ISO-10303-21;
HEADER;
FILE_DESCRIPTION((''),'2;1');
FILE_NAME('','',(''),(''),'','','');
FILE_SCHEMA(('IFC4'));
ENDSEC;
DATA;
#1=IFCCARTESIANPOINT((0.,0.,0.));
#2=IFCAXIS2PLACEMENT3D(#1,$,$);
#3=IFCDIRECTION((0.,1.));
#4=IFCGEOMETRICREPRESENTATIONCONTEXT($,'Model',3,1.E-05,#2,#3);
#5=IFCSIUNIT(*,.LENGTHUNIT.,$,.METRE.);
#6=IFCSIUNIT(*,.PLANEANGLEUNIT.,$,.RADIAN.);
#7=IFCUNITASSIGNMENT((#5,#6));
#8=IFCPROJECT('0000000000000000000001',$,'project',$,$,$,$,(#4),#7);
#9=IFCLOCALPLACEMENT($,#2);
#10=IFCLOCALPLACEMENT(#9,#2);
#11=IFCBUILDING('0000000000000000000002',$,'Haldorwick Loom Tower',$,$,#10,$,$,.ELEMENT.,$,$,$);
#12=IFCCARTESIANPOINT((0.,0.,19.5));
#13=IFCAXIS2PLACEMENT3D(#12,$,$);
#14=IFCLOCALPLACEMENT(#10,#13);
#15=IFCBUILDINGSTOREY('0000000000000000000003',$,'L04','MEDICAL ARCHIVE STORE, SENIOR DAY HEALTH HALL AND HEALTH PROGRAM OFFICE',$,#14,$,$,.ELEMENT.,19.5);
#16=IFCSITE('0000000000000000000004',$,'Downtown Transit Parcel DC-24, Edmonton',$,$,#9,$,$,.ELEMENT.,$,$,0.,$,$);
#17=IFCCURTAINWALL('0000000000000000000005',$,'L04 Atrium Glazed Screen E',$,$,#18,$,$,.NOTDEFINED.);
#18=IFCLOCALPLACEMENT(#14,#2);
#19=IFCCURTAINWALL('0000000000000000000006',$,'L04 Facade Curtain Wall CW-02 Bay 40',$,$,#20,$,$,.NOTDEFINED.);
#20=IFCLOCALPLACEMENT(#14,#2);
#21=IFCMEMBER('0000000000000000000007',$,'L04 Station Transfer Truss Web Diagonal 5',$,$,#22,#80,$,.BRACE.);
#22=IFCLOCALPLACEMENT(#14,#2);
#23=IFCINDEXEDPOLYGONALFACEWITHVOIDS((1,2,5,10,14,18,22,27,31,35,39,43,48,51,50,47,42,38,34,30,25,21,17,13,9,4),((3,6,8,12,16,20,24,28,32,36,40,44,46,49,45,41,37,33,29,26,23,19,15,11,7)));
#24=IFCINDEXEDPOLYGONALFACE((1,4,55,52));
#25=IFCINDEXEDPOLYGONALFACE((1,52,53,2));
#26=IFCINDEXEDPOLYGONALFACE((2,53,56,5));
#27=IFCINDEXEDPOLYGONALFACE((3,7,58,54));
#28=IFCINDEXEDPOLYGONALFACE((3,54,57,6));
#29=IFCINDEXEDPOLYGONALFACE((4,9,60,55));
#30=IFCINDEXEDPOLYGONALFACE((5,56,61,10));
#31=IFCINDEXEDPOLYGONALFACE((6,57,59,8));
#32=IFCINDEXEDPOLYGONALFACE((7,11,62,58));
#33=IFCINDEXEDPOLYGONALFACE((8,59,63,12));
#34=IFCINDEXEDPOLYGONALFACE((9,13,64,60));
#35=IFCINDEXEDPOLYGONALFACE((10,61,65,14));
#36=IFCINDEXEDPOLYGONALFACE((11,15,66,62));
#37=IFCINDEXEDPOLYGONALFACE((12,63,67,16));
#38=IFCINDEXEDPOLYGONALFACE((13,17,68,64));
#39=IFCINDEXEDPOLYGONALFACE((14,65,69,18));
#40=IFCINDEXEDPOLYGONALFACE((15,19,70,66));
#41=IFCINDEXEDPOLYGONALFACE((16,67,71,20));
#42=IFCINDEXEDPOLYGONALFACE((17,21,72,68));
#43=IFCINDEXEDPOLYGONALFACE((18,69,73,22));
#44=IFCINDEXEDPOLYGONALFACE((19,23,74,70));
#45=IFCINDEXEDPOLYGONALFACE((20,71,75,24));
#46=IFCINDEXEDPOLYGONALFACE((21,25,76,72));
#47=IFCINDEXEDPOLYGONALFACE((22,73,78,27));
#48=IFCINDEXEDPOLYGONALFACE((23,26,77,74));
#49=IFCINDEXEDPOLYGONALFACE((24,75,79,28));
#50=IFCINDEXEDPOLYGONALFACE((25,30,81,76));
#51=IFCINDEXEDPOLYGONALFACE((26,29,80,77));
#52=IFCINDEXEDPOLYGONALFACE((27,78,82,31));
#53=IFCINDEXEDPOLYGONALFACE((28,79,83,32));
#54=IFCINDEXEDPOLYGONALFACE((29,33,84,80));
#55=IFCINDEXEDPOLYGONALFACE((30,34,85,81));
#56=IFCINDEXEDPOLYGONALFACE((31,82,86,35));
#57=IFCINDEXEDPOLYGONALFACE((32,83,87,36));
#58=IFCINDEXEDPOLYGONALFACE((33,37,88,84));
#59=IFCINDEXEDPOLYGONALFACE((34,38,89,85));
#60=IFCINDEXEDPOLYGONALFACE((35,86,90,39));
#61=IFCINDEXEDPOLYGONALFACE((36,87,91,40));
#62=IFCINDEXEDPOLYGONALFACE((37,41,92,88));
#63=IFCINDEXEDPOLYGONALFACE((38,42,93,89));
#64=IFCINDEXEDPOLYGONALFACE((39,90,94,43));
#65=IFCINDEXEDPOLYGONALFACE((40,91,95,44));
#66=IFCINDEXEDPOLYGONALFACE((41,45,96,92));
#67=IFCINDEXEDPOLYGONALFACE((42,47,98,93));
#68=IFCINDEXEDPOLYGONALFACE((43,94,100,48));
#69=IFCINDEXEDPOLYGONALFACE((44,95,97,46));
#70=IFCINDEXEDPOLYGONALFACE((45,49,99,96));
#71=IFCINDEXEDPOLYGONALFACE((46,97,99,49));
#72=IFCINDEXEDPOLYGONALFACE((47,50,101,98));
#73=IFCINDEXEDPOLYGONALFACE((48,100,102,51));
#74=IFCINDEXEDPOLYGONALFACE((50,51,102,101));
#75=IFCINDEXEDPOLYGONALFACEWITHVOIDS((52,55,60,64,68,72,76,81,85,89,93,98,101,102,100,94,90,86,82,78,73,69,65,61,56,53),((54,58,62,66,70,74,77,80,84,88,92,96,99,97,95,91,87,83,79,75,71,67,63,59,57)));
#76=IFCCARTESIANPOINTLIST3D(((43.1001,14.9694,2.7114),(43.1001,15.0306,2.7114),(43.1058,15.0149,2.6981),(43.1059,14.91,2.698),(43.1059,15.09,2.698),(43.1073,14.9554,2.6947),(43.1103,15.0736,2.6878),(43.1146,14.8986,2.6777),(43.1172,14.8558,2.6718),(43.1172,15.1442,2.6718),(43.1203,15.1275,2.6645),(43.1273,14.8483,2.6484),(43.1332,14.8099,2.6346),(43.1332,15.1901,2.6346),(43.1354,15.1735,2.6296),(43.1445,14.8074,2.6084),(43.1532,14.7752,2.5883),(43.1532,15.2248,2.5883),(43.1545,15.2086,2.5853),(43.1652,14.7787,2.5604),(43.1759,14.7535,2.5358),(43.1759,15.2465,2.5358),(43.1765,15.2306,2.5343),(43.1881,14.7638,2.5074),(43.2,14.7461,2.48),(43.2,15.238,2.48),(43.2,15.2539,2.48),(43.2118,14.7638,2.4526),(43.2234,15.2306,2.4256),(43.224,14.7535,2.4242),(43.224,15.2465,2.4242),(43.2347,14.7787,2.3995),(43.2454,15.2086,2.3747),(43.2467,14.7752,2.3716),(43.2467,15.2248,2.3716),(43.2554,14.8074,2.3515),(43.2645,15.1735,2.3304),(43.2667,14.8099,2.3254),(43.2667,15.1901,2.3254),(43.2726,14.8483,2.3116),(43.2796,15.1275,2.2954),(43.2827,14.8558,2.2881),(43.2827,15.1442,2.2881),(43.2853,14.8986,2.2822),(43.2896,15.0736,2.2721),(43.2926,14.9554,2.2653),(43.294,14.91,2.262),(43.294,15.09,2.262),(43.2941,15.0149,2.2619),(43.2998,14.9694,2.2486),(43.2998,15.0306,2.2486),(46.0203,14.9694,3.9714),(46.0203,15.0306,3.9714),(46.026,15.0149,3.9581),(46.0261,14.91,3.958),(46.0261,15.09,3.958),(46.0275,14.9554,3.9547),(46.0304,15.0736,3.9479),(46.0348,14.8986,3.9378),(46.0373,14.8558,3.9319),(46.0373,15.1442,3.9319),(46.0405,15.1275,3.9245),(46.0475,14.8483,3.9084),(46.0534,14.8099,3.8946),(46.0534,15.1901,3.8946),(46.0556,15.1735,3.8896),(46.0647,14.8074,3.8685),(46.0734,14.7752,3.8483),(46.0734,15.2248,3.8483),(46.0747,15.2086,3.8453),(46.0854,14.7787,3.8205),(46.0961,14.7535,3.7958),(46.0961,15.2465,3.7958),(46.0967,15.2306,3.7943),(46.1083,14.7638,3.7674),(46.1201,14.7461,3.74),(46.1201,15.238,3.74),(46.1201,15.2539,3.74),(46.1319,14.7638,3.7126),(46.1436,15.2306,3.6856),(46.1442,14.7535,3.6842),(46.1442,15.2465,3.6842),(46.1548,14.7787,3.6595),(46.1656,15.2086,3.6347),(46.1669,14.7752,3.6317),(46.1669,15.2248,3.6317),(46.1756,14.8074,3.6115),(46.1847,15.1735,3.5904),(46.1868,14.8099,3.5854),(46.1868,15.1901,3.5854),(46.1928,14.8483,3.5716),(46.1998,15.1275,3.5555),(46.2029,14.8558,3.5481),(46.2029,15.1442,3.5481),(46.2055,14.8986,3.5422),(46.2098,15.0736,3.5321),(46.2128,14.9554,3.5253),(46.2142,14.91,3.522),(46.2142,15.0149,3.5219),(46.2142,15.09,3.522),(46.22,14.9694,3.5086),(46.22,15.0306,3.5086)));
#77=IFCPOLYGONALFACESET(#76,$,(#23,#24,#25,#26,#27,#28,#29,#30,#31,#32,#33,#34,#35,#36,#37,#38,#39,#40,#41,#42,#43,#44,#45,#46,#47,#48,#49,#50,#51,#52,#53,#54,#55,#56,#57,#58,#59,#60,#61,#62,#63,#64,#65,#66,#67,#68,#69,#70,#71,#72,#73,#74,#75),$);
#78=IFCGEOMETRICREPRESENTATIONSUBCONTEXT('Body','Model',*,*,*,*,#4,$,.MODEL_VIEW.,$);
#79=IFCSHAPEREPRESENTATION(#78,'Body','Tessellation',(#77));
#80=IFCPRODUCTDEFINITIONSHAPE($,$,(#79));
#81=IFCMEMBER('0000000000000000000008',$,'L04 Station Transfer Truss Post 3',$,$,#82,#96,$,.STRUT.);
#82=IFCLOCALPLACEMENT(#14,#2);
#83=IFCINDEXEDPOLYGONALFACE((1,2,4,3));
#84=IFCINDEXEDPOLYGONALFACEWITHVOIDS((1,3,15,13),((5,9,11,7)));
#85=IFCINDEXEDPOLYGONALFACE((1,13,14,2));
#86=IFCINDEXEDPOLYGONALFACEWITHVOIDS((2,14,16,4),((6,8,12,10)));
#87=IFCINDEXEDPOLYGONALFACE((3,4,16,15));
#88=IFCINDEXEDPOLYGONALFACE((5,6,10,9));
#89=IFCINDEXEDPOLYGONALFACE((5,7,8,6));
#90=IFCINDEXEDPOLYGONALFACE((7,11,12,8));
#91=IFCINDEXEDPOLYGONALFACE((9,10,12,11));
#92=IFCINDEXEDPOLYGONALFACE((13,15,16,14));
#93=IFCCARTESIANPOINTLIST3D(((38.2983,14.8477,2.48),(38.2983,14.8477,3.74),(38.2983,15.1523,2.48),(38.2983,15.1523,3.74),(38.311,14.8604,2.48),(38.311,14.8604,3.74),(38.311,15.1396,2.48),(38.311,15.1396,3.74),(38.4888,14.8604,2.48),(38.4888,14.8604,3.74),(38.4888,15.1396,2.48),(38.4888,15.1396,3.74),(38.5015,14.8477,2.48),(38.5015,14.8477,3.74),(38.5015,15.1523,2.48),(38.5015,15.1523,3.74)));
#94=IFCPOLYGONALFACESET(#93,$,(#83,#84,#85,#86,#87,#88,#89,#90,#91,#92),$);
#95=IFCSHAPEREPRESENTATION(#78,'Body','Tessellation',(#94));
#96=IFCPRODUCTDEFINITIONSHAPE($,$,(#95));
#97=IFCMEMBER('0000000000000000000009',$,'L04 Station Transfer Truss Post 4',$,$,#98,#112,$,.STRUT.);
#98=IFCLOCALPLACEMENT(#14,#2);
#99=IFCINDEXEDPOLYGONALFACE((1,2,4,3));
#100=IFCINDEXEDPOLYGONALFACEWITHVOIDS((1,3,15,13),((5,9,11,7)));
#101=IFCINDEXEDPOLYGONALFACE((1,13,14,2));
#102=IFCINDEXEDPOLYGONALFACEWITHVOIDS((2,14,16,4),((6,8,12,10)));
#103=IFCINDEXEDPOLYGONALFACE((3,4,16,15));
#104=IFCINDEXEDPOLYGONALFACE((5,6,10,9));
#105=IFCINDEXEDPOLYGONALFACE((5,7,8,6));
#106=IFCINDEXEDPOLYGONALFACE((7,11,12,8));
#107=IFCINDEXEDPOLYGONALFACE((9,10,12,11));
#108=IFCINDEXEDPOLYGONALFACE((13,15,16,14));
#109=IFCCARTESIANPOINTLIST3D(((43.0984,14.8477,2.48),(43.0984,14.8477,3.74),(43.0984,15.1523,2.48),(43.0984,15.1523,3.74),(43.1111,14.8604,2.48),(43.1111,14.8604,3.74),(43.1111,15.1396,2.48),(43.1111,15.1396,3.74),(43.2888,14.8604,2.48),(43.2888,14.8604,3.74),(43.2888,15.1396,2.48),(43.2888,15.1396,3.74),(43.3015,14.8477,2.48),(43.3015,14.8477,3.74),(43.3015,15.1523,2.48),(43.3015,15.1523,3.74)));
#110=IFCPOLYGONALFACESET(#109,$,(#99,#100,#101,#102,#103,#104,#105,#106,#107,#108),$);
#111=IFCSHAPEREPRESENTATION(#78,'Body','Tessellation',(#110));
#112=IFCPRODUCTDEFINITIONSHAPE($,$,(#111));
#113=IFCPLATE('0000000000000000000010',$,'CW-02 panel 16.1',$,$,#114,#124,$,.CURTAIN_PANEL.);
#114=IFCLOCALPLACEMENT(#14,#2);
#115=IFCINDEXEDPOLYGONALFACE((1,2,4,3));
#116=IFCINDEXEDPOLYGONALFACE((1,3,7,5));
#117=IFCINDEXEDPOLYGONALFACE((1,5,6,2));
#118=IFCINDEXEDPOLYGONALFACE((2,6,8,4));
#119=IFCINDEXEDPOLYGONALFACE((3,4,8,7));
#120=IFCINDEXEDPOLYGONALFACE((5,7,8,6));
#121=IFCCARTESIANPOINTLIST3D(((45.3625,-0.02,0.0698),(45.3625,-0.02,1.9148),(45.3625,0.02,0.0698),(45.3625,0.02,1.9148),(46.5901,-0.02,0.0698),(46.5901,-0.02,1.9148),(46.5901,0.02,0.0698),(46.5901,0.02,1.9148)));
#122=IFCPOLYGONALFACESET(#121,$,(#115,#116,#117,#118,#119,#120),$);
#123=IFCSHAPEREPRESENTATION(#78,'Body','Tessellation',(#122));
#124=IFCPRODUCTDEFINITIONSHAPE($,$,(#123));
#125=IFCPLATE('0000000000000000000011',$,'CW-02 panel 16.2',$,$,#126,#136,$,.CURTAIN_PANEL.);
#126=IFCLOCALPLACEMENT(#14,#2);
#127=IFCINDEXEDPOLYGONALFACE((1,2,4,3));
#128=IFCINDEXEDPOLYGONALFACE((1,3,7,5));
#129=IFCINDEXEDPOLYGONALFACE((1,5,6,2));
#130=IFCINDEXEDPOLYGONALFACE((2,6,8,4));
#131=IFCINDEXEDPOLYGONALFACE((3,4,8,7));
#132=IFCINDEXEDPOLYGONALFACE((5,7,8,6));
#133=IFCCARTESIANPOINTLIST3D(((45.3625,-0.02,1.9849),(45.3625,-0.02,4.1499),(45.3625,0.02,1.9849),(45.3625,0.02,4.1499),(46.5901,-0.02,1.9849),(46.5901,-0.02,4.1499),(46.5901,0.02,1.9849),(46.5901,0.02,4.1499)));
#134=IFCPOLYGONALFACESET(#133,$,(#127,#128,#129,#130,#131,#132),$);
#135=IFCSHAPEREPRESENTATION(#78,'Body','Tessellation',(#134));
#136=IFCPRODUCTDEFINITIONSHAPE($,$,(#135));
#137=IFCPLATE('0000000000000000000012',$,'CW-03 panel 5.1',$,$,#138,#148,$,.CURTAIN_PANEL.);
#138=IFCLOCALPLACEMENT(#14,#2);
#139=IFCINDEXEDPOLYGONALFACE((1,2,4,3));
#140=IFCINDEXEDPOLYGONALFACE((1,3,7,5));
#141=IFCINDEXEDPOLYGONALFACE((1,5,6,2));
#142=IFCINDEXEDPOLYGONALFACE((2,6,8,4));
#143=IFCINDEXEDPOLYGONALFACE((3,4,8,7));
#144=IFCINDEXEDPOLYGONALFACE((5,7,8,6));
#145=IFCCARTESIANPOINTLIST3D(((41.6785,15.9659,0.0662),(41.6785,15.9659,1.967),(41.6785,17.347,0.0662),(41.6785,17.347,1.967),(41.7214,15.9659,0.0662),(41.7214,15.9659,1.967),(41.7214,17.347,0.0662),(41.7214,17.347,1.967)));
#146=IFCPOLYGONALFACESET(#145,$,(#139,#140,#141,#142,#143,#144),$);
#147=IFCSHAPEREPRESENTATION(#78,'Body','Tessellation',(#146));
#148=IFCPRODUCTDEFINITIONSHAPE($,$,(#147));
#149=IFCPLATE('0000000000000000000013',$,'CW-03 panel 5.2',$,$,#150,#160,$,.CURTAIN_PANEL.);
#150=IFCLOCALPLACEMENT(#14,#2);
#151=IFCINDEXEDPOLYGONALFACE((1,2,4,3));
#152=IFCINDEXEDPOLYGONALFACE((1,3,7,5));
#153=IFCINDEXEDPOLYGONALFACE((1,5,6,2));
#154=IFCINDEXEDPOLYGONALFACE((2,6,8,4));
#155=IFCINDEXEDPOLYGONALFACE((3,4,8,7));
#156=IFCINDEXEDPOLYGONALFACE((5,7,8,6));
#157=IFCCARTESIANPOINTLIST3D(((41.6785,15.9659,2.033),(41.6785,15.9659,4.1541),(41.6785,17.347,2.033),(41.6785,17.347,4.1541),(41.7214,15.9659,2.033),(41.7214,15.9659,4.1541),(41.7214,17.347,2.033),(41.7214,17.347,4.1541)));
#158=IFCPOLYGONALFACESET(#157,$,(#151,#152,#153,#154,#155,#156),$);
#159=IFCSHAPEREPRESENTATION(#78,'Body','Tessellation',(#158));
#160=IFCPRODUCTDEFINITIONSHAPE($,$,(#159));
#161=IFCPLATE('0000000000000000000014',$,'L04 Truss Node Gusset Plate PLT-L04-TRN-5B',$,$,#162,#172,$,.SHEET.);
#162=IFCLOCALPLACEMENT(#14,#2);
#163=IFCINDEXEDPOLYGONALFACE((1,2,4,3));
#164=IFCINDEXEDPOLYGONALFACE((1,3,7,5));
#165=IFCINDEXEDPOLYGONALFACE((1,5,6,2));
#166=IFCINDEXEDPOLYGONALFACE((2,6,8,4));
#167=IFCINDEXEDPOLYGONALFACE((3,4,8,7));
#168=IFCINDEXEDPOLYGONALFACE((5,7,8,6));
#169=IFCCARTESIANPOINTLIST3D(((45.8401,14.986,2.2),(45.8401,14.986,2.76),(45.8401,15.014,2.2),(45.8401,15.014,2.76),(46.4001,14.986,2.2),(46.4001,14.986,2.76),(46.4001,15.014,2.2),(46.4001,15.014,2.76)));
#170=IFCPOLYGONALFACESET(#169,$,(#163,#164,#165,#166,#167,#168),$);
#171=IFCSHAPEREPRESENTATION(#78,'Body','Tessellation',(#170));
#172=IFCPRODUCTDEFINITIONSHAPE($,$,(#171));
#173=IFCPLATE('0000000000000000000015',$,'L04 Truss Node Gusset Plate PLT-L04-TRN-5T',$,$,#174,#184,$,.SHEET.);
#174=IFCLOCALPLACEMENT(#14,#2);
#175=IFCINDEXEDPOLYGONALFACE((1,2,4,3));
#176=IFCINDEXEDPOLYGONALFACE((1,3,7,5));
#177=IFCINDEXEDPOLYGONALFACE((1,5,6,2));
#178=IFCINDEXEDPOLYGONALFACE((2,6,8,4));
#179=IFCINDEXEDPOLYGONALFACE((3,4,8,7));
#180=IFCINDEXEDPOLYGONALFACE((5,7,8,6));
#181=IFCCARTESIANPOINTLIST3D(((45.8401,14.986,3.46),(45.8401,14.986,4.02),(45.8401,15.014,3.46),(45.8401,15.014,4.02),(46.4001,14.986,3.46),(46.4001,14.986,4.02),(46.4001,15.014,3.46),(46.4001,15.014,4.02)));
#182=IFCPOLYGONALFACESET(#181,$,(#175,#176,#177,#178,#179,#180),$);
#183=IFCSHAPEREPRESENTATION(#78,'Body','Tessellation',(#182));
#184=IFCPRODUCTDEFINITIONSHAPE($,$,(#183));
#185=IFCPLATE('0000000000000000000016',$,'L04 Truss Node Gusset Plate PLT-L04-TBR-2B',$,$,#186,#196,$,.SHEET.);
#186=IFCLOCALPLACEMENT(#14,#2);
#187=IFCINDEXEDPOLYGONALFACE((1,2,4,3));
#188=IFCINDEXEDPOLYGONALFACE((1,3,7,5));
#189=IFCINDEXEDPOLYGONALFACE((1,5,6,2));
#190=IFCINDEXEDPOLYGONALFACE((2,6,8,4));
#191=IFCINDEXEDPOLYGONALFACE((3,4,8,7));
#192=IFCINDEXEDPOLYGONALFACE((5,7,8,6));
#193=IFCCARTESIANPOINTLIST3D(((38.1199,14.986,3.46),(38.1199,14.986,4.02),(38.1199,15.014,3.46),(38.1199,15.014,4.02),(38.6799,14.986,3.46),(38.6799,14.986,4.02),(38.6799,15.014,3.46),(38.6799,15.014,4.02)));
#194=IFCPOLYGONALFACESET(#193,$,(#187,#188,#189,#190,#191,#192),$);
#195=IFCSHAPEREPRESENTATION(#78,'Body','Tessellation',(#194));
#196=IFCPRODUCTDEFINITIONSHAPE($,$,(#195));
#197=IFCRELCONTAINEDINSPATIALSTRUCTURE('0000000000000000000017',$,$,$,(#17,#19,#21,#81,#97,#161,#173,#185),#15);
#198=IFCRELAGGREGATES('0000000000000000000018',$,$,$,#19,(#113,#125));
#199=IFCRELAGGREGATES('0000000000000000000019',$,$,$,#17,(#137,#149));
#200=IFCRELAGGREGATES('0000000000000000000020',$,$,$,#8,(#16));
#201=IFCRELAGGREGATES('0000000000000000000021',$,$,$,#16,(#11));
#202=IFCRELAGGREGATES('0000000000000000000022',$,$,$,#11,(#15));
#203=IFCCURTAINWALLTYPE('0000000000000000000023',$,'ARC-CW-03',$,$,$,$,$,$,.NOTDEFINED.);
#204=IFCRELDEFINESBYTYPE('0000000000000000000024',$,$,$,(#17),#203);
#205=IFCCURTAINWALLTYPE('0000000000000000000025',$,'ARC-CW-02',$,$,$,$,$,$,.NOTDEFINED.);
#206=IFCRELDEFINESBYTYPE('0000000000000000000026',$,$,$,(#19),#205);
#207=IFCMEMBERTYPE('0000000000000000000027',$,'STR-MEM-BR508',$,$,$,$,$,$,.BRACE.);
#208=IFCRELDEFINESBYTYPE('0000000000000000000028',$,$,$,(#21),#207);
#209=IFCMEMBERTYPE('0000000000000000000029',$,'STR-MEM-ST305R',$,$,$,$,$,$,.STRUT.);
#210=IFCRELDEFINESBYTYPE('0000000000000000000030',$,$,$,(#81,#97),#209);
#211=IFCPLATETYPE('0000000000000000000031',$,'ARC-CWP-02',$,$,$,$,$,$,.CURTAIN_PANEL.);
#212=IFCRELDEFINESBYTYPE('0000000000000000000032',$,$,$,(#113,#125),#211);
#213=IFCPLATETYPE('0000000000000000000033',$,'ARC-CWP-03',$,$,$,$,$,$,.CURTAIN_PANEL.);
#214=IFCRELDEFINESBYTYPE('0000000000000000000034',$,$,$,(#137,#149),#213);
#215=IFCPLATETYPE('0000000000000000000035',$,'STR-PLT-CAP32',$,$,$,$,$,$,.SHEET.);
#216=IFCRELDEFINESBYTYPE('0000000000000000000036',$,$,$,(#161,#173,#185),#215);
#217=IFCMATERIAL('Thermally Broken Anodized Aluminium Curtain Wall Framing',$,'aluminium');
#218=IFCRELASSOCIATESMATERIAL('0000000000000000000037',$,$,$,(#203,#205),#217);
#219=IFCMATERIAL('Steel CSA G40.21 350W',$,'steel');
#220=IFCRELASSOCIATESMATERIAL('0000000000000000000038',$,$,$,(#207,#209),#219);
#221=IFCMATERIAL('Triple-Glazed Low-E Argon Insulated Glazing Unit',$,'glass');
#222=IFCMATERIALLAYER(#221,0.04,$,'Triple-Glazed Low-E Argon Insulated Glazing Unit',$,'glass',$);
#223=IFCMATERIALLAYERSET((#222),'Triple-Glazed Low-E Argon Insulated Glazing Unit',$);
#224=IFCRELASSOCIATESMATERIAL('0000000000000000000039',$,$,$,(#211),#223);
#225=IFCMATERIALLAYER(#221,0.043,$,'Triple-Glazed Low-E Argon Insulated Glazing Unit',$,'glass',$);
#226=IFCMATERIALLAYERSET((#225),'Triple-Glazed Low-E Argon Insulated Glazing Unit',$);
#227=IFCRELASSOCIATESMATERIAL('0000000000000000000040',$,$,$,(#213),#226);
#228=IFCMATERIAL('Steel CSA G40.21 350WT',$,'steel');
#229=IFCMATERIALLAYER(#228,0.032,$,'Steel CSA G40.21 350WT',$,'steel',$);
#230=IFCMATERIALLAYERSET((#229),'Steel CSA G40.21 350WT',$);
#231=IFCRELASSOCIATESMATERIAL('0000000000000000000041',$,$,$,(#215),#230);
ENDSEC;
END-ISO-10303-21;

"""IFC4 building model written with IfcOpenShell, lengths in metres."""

from ifc_helpers import new_model, si_unit, direction, frame, origin, origin_2d, place, context, subcontext, project, spatial, rectangle, hollow_rectangle, hollow_circle, extrude, material, layer, layer_set, material_profile, profile_set, type_object, element, aggregate, save


model = new_model("IFC4")

# Units and contexts
model_context = context("Model", 3, precision=1e-05, world=origin(), true_north=direction((0.0, 1.0)))
body_context = subcontext(model_context, "Body", "Model", "MODEL_VIEW")
ifc_project = project(units=[si_unit("LENGTHUNIT", "METRE"), si_unit("PLANEANGLEUNIT", "RADIAN")], contexts=[model_context])

# Site, building, storey
site_placement = place(None, origin())
site = spatial("IfcSite", under=ifc_project, at=site_placement, Name="Downtown Transit Parcel DC-24, Edmonton", CompositionType="ELEMENT", RefElevation=0.0)
building_placement = place(site_placement, origin())
building = spatial("IfcBuilding", under=site, at=building_placement, Name="Haldorwick Loom Tower", CompositionType="ELEMENT")
storey_placement = place(building_placement, frame((0.0, 0.0, 19.5)))
storey = spatial("IfcBuildingStorey", under=building, at=storey_placement, Name="L04", Description="MEDICAL ARCHIVE STORE, SENIOR DAY HEALTH HALL AND HEALTH PROGRAM OFFICE", CompositionType="ELEMENT", Elevation=19.5)

# Curtain walls
ifc_material_1 = material(Name="Thermally Broken Anodized Aluminium Curtain Wall Framing", Category="aluminium")
curtain_wall_type_1 = type_object("IfcCurtainWallType", Name="ARC-CW-03", PredefinedType="NOTDEFINED", material=ifc_material_1)
curtain_wall_1_placement = place(storey_placement, origin())
curtain_wall_1 = element("IfcCurtainWall", 1, at=curtain_wall_1_placement, inside=storey, type_object=curtain_wall_type_1, Name="L04 Atrium Glazed Screen E", PredefinedType="NOTDEFINED")
curtain_wall_type_2 = type_object("IfcCurtainWallType", Name="ARC-CW-02", PredefinedType="NOTDEFINED", material=ifc_material_1)
curtain_wall_2_placement = place(storey_placement, origin())
curtain_wall_2 = element("IfcCurtainWall", 2, at=curtain_wall_2_placement, inside=storey, type_object=curtain_wall_type_2, Name="L04 Facade Curtain Wall CW-02 Bay 40", PredefinedType="NOTDEFINED")

# Shared definitions
ifc_material_2 = material(Name="Steel CSA G40.21 350WT", Category="steel")

# Members
ifc_material_3 = material(Name="Steel CSA G40.21 350W", Category="steel")
ifc_material_profile_1 = material_profile(ifc_material_3, hollow_circle(Radius=0.2539, WallThickness=0.0159, at=origin_2d()), Name="HSS508X16", Category="steel")
ifc_profile_set_1 = profile_set([ifc_material_profile_1], Name="Steel CSA G40.21 350W")
member_type_1 = type_object("IfcMemberType", Name="STR-MEM-BR508", PredefinedType="BRACE", material=ifc_profile_set_1)
member_1_placement = place(storey_placement, frame((43.2, 15.0, 2.48), z_axis=(0.918173, 0.0, 0.396179), x_axis=(0.0, 1.0, 0.0)))
element("IfcMember", 3, at=member_1_placement, inside=storey, type_object=member_type_1, Name="L04 Station Transfer Truss Web Diagonal 5", PredefinedType="BRACE", context=body_context, shape_type="SweptSolid", body=[
    extrude(hollow_circle(Radius=0.2539, WallThickness=0.0159, at=origin_2d()), origin(), (0.0, 0.0, 1.0), 3.1804),
])
ifc_material_profile_2 = material_profile(ifc_material_3, hollow_rectangle(XDim=0.2031, YDim=0.3047, WallThickness=0.0127, at=origin_2d()), Name="HSS305X203X13", Category="steel")
ifc_profile_set_2 = profile_set([ifc_material_profile_2], Name="Steel CSA G40.21 350W")
member_type_2 = type_object("IfcMemberType", Name="STR-MEM-ST305R", PredefinedType="STRUT", material=ifc_profile_set_2)
for number, where, z_axis, x_axis, name in (
    (4, (38.3999, 15.0, 2.48), (0.0, 0.0, 1.0), (1.0, 0.0, 0.0), "L04 Station Transfer Truss Post 3"),
    (5, (43.2, 15.0, 2.48), (0.0, 0.0, 1.0), (1.0, 0.0, 0.0), "L04 Station Transfer Truss Post 4"),
):
    element("IfcMember", number, at=place(storey_placement, frame(where, z_axis=z_axis, x_axis=x_axis)), inside=storey, type_object=member_type_2, Name=name, PredefinedType="STRUT", context=body_context, shape_type="SweptSolid", body=[
        extrude(hollow_rectangle(XDim=0.2031, YDim=0.3047, WallThickness=0.0127, at=origin_2d()), origin(), (0.0, 0.0, 1.0), 1.26),
    ])

# Plates
ifc_material_4 = material(Name="Triple-Glazed Low-E Argon Insulated Glazing Unit", Category="glass")
ifc_layer_1 = layer(ifc_material_4, 0.04, Name="Triple-Glazed Low-E Argon Insulated Glazing Unit", Category="glass")
ifc_layer_set_1 = layer_set([ifc_layer_1], Name="Triple-Glazed Low-E Argon Insulated Glazing Unit")
plate_type_1 = type_object("IfcPlateType", Name="ARC-CWP-02", PredefinedType="CURTAIN_PANEL", material=ifc_layer_set_1)
plate_1_placement = place(storey_placement, frame((45.9763, 0.0, 0.0698), z_axis=(0.0, 0.0, 1.0), x_axis=(1.0, 0.0, 0.0)))
plate_1 = element("IfcPlate", 6, at=plate_1_placement, type_object=plate_type_1, Name="CW-02 panel 16.1", PredefinedType="CURTAIN_PANEL", context=body_context, shape_type="SweptSolid", body=[
    extrude(rectangle(XDim=1.2275, YDim=0.04, at=origin_2d()), origin(), (0.0, 0.0, 1.0), 1.845),
])
plate_2_placement = place(storey_placement, frame((45.9763, 0.0, 1.9849), z_axis=(0.0, 0.0, 1.0), x_axis=(1.0, 0.0, 0.0)))
plate_2 = element("IfcPlate", 7, at=plate_2_placement, type_object=plate_type_1, Name="CW-02 panel 16.2", PredefinedType="CURTAIN_PANEL", context=body_context, shape_type="SweptSolid", body=[
    extrude(rectangle(XDim=1.2275, YDim=0.04, at=origin_2d()), origin(), (0.0, 0.0, 1.0), 2.165),
])
aggregate(curtain_wall_2, [plate_1, plate_2])
ifc_layer_2 = layer(ifc_material_4, 0.043, Name="Triple-Glazed Low-E Argon Insulated Glazing Unit", Category="glass")
ifc_layer_set_2 = layer_set([ifc_layer_2], Name="Triple-Glazed Low-E Argon Insulated Glazing Unit")
plate_type_2 = type_object("IfcPlateType", Name="ARC-CWP-03", PredefinedType="CURTAIN_PANEL", material=ifc_layer_set_2)
plate_3_placement = place(storey_placement, frame((41.7, 16.6565, 0.0662), z_axis=(0.0, 0.0, 1.0), x_axis=(0.0, -1.0, 0.0)))
plate_3 = element("IfcPlate", 8, at=plate_3_placement, type_object=plate_type_2, Name="CW-03 panel 5.1", PredefinedType="CURTAIN_PANEL", context=body_context, shape_type="SweptSolid", body=[
    extrude(rectangle(XDim=1.3811, YDim=0.043, at=origin_2d()), origin(), (0.0, 0.0, 1.0), 1.9009),
])
plate_4_placement = place(storey_placement, frame((41.7, 16.6565, 2.033), z_axis=(0.0, 0.0, 1.0), x_axis=(0.0, -1.0, 0.0)))
plate_4 = element("IfcPlate", 9, at=plate_4_placement, type_object=plate_type_2, Name="CW-03 panel 5.2", PredefinedType="CURTAIN_PANEL", context=body_context, shape_type="SweptSolid", body=[
    extrude(rectangle(XDim=1.3811, YDim=0.043, at=origin_2d()), origin(), (0.0, 0.0, 1.0), 2.1211),
])
aggregate(curtain_wall_1, [plate_3, plate_4])

# Plates
ifc_layer_3 = layer(ifc_material_2, 0.032, Name="Steel CSA G40.21 350WT", Category="steel")
ifc_layer_set_3 = layer_set([ifc_layer_3], Name="Steel CSA G40.21 350WT")
plate_type_3 = type_object("IfcPlateType", Name="STR-PLT-CAP32", PredefinedType="SHEET", material=ifc_layer_set_3)
for number, where, z_axis, x_axis, name in (
    (10, (46.1201, 15.0, 2.2), (0.0, 0.0, 1.0), (1.0, 0.0, 0.0), "L04 Truss Node Gusset Plate PLT-L04-TRN-5B"),
    (11, (46.1201, 15.0, 3.46), (0.0, 0.0, 1.0), (1.0, 0.0, 0.0), "L04 Truss Node Gusset Plate PLT-L04-TRN-5T"),
    (12, (38.3999, 15.0, 3.46), (0.0, 0.0, 1.0), (1.0, 0.0, 0.0), "L04 Truss Node Gusset Plate PLT-L04-TBR-2B"),
):
    element("IfcPlate", number, at=place(storey_placement, frame(where, z_axis=z_axis, x_axis=x_axis)), inside=storey, type_object=plate_type_3, Name=name, PredefinedType="SHEET", context=body_context, shape_type="SweptSolid", body=[
        extrude(rectangle(XDim=0.5601, YDim=0.0281, at=origin_2d()), origin(), (0.0, 0.0, 1.0), 0.5601),
    ])

save(model, "model.ifc")
